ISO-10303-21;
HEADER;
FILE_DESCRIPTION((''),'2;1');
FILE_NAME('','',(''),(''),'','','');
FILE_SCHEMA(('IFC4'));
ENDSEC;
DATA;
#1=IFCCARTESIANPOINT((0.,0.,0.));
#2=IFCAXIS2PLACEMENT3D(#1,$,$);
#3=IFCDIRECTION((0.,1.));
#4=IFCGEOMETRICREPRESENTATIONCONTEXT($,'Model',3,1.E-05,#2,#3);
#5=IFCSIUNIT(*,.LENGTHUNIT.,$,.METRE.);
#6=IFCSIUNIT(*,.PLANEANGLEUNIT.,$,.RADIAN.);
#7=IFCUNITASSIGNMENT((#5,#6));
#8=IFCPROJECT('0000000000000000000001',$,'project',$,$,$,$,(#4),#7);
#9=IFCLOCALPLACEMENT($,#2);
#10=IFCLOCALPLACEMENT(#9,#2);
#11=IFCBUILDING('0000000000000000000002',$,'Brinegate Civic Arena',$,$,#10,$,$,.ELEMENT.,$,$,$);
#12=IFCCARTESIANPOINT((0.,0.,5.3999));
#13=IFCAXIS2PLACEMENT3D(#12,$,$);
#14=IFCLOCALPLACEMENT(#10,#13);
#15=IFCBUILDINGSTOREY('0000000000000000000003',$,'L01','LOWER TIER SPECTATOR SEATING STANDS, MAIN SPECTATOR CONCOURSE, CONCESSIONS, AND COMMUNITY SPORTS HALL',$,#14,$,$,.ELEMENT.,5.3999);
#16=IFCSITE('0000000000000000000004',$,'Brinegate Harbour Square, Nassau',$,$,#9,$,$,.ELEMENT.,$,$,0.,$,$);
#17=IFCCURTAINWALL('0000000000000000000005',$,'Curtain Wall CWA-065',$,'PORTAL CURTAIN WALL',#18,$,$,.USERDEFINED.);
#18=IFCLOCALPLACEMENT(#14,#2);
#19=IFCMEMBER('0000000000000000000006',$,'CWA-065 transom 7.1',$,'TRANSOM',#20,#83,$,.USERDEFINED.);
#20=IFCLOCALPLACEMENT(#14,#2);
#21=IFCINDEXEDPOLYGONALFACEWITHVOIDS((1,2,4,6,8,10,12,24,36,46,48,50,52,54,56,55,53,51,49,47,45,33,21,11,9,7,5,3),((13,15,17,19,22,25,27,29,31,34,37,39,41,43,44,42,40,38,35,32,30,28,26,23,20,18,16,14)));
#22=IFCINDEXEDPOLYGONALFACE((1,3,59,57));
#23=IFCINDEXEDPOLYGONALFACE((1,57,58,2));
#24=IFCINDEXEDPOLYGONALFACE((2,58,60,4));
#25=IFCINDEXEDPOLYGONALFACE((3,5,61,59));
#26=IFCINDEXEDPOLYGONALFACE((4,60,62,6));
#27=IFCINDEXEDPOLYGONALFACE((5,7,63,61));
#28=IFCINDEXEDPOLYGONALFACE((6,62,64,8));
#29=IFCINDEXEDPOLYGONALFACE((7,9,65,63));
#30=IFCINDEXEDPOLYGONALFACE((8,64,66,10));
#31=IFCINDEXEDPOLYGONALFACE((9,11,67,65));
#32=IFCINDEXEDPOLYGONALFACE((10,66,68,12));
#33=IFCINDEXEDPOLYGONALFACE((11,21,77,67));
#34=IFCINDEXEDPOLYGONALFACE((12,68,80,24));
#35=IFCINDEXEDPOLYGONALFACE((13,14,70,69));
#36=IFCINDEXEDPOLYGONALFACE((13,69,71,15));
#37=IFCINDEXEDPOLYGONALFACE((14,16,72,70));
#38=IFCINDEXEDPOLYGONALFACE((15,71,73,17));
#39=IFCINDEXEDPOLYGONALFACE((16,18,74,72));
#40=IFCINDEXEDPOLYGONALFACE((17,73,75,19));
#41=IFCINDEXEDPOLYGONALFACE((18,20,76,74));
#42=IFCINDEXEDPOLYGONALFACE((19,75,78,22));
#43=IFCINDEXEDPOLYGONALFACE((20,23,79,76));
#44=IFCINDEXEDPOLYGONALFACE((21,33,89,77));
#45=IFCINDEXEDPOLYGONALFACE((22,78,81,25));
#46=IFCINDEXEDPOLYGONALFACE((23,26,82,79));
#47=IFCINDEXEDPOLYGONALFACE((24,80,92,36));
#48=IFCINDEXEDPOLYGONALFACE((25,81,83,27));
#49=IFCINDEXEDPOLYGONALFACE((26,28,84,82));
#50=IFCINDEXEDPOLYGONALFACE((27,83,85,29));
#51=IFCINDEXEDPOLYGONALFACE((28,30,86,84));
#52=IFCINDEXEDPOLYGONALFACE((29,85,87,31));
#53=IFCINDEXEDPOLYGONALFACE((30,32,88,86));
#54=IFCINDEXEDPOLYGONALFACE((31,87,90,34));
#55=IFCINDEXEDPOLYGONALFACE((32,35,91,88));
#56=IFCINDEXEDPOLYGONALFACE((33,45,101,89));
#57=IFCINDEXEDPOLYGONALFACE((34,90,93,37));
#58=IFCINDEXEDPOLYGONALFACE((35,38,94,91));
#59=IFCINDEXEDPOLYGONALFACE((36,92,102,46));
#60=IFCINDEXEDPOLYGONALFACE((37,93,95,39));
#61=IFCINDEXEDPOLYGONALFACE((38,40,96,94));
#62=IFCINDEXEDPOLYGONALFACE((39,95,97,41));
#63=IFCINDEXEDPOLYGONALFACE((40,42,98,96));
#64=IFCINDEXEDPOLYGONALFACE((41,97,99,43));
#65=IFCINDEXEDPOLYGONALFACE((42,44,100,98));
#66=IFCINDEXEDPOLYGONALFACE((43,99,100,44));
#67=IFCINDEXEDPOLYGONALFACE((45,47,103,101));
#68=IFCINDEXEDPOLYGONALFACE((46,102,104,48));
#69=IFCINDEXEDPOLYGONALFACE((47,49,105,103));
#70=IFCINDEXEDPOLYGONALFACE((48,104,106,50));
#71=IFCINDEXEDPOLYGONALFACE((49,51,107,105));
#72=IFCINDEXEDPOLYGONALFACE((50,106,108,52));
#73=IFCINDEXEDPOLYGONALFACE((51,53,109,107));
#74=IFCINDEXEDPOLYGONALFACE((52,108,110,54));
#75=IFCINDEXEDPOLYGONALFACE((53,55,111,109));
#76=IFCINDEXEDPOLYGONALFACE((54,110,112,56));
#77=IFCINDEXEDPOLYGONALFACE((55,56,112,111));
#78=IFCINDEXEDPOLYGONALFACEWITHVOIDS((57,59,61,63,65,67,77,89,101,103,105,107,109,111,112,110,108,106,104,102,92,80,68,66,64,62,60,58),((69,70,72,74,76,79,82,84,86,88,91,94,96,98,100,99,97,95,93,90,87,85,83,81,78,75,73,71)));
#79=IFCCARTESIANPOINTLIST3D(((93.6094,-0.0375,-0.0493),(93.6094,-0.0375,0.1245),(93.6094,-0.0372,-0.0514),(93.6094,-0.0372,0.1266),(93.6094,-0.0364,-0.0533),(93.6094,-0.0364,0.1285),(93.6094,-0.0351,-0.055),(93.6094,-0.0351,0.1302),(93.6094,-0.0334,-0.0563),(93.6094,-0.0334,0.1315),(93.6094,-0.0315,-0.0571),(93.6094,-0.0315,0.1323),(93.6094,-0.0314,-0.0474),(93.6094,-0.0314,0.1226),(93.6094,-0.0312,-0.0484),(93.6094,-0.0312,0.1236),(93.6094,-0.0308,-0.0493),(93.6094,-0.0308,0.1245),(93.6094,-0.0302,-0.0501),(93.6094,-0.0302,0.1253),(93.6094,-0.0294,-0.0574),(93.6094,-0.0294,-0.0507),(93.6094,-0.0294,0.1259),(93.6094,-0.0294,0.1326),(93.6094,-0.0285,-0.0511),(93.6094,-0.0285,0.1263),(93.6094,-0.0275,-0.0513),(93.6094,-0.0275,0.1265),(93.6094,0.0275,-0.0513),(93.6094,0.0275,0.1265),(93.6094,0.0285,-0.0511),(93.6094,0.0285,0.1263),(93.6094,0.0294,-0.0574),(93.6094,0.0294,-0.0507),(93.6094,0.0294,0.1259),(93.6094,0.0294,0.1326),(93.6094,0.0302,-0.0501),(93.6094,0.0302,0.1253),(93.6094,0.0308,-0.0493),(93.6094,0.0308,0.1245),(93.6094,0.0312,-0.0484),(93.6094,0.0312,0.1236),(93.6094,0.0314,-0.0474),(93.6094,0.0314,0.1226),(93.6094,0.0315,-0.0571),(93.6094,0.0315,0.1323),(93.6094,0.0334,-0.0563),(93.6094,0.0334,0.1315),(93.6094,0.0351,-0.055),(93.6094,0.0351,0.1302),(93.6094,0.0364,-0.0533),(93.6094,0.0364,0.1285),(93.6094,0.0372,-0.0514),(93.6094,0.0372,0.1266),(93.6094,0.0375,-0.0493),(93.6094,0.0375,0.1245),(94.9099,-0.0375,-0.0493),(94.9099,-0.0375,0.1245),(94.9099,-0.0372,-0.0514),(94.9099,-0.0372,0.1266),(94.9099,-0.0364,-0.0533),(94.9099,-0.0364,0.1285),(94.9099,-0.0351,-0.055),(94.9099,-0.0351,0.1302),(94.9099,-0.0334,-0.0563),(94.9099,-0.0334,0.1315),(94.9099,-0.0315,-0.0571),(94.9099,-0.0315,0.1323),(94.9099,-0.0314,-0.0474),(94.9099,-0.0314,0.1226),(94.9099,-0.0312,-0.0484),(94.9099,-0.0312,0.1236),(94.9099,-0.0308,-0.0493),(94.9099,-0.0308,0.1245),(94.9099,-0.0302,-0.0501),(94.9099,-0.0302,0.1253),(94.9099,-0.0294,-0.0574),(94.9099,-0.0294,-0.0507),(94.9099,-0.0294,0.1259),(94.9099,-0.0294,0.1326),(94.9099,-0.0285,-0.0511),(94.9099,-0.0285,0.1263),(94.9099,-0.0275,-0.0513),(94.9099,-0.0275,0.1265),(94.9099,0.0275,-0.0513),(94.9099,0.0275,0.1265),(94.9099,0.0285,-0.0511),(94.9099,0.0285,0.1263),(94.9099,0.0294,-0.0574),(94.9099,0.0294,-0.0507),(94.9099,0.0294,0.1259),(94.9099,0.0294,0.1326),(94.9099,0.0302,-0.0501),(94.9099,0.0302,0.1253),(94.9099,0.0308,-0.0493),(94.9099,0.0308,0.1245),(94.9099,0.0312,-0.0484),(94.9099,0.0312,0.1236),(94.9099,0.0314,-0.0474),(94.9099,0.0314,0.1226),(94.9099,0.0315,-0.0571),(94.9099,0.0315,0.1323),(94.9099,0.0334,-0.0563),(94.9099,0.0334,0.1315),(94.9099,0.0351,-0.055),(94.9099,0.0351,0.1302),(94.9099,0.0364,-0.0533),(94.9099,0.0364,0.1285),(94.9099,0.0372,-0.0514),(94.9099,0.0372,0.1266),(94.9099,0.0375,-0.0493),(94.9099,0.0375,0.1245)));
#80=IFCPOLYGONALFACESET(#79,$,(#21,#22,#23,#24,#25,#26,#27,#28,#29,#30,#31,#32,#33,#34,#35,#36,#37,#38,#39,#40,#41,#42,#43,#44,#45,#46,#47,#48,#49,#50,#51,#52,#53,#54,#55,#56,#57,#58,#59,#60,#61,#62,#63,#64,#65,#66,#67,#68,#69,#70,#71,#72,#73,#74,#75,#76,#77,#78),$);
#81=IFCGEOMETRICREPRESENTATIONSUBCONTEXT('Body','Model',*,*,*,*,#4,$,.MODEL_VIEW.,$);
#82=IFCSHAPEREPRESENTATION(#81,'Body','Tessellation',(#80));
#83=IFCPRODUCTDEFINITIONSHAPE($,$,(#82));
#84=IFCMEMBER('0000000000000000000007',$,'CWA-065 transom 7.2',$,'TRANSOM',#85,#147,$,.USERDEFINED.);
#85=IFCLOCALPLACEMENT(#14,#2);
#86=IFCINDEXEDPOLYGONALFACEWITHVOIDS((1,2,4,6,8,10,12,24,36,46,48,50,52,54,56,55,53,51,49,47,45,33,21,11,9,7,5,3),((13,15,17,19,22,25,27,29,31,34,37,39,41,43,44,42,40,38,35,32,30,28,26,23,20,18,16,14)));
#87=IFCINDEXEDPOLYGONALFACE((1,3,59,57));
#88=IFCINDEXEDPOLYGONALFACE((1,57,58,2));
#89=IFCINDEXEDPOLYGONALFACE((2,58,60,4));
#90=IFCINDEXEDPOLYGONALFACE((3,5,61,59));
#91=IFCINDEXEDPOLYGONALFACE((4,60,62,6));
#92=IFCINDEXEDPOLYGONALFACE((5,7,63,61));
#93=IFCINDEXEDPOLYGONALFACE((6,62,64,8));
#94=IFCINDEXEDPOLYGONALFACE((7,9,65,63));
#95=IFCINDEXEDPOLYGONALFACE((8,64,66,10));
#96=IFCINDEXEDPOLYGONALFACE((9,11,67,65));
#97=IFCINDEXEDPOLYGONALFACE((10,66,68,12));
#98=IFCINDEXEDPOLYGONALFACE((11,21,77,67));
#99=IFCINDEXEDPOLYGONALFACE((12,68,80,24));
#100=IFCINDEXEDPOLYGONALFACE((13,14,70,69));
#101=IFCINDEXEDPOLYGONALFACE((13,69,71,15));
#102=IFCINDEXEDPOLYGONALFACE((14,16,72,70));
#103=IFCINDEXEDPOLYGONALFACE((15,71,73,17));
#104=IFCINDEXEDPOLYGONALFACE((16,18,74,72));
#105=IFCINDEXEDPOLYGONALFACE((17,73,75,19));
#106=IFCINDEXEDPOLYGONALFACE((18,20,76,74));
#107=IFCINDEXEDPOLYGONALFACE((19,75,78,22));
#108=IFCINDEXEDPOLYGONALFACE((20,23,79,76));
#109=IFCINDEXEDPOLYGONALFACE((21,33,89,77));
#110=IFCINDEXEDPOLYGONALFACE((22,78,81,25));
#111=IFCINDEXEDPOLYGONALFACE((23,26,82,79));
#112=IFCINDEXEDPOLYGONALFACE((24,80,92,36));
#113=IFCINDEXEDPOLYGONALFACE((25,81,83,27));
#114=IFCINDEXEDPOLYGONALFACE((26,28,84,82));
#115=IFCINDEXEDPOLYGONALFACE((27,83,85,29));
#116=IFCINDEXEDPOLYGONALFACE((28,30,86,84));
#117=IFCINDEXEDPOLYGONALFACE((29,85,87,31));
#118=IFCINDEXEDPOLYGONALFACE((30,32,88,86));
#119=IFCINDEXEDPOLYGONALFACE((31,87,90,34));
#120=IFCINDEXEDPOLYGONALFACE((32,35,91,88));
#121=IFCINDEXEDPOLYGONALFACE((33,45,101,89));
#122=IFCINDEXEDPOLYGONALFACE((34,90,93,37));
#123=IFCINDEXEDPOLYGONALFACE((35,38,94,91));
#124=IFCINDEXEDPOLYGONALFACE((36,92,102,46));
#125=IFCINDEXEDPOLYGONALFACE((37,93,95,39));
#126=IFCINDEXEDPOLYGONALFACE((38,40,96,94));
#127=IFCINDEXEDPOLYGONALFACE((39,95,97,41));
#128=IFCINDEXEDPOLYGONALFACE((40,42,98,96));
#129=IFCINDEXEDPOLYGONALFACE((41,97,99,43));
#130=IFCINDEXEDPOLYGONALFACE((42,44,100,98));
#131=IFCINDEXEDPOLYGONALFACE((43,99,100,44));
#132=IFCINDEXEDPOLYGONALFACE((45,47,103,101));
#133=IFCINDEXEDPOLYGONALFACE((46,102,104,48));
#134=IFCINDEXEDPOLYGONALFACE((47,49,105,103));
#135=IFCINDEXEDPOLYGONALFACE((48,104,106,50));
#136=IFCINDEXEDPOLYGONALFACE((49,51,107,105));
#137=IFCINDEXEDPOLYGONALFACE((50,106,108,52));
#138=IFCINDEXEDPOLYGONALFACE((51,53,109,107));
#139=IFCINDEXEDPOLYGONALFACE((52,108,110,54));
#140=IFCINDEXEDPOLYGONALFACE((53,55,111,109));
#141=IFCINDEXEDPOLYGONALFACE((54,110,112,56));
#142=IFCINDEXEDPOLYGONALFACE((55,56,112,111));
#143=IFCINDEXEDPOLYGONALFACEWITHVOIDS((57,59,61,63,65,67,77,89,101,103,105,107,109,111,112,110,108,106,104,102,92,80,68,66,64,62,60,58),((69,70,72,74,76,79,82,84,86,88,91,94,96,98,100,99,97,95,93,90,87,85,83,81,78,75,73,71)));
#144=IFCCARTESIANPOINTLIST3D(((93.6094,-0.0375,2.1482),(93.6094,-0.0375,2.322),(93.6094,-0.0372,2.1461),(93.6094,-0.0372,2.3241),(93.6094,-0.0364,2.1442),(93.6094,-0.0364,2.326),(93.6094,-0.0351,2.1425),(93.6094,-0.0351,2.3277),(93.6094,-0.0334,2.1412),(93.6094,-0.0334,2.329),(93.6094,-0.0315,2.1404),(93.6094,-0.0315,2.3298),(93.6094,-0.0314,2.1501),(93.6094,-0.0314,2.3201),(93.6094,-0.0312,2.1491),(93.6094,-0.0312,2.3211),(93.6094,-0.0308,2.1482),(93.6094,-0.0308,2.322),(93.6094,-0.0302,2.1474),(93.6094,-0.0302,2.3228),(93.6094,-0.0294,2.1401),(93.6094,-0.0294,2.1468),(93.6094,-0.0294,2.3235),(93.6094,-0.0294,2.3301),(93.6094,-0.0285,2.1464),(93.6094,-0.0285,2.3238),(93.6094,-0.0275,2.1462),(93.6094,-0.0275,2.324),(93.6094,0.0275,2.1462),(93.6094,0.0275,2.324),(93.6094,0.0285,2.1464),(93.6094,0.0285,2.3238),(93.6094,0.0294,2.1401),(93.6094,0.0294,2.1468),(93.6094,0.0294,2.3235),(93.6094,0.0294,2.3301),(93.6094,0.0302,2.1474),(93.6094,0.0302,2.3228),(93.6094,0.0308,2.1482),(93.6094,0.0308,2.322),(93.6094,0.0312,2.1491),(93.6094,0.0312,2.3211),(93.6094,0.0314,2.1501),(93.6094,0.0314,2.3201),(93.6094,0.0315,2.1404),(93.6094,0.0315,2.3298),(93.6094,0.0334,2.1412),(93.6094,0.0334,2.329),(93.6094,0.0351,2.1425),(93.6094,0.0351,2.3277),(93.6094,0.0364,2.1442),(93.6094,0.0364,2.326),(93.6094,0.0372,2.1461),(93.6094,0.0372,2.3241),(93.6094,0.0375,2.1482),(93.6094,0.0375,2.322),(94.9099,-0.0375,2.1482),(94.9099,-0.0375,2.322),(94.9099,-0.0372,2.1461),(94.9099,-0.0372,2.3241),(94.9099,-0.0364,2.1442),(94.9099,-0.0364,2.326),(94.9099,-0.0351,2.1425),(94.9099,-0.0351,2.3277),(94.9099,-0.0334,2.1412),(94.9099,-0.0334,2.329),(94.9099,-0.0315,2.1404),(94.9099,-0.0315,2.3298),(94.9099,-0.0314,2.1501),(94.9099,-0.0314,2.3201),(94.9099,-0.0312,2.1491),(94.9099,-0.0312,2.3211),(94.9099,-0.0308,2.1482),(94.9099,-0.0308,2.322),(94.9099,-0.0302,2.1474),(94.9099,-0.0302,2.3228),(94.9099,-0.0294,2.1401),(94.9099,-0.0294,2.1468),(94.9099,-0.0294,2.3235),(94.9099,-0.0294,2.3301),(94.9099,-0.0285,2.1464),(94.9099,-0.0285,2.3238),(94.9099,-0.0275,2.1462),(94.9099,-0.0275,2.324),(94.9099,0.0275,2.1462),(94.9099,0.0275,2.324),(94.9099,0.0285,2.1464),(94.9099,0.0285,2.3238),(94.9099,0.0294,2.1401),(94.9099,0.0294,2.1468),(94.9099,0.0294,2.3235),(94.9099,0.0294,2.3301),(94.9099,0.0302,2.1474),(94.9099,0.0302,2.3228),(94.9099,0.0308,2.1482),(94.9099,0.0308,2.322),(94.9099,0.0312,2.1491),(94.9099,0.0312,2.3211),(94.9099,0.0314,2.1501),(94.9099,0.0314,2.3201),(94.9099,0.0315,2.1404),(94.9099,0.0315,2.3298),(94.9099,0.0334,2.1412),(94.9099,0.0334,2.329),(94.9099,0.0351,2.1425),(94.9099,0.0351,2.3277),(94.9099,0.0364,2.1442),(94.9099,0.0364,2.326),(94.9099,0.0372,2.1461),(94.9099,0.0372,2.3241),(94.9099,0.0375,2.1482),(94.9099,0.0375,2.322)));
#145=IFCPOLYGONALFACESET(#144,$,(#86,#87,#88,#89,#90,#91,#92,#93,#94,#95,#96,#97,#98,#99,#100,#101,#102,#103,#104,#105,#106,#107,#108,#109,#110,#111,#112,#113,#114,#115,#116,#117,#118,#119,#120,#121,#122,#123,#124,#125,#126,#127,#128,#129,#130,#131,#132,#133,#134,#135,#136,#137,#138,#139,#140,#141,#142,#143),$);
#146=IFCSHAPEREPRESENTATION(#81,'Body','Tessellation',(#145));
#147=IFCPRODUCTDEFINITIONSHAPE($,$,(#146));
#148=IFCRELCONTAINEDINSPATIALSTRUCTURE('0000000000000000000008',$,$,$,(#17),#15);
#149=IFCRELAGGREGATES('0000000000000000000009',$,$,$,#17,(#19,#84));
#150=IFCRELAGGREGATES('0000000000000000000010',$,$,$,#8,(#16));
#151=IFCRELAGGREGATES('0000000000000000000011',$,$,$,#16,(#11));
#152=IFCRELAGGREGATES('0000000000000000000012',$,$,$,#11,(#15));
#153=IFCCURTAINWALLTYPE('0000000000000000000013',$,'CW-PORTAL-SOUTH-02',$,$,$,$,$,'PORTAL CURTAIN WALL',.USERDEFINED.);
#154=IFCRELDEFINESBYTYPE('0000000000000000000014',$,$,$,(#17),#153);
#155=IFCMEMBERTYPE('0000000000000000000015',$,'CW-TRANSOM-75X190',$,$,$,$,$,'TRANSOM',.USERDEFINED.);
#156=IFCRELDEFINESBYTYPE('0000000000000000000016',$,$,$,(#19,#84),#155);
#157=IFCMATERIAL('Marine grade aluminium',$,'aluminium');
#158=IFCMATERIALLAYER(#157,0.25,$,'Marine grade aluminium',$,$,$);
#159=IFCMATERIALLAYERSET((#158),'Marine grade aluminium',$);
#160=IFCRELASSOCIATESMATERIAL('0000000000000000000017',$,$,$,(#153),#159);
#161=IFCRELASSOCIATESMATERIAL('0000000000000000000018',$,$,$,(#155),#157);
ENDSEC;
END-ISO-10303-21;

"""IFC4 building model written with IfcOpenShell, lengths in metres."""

from ifc_helpers import new_model, si_unit, direction, frame, origin, origin_2d, place, context, subcontext, project, spatial, hollow_rectangle, extrude, material, layer, layer_set, material_profile, profile_set, type_object, element, aggregate, save


model = new_model("IFC4")

# Units and contexts
model_context = context("Model", 3, precision=1e-05, world=origin(), true_north=direction((0.0, 1.0)))
body_context = subcontext(model_context, "Body", "Model", "MODEL_VIEW")
ifc_project = project(units=[si_unit("LENGTHUNIT", "METRE"), si_unit("PLANEANGLEUNIT", "RADIAN")], contexts=[model_context])

# Site, building, storey
site_placement = place(None, origin())
site = spatial("IfcSite", under=ifc_project, at=site_placement, Name="Brinegate Harbour Square, Nassau", CompositionType="ELEMENT", RefElevation=0.0)
building_placement = place(site_placement, origin())
building = spatial("IfcBuilding", under=site, at=building_placement, Name="Brinegate Civic Arena", CompositionType="ELEMENT")
storey_placement = place(building_placement, frame((0.0, 0.0, 5.3999)))
storey = spatial("IfcBuildingStorey", under=building, at=storey_placement, Name="L01", Description="LOWER TIER SPECTATOR SEATING STANDS, MAIN SPECTATOR CONCOURSE, CONCESSIONS, AND COMMUNITY SPORTS HALL", CompositionType="ELEMENT", Elevation=5.3999)

# Curtain wall, members
ifc_material_1 = material(Name="Marine grade aluminium", Category="aluminium")
ifc_layer_1 = layer(ifc_material_1, 0.25, Name="Marine grade aluminium")
ifc_layer_set_1 = layer_set([ifc_layer_1], Name="Marine grade aluminium")
curtain_wall_type = type_object("IfcCurtainWallType", Name="CW-PORTAL-SOUTH-02", ElementType="PORTAL CURTAIN WALL", PredefinedType="USERDEFINED", material=ifc_layer_set_1)
curtain_wall_placement = place(storey_placement, origin())
curtain_wall = element("IfcCurtainWall", 1, at=curtain_wall_placement, inside=storey, type_object=curtain_wall_type, Name="Curtain Wall CWA-065", ObjectType="PORTAL CURTAIN WALL", PredefinedType="USERDEFINED")
ifc_material_profile_1 = material_profile(ifc_material_1, hollow_rectangle(XDim=0.075, YDim=0.1899, WallThickness=0.0061, InnerFilletRadius=0.0039, OuterFilletRadius=0.0081, at=origin_2d()), Name="TRN75X190")
ifc_profile_set_1 = profile_set([ifc_material_profile_1], Name="Marine grade aluminium")
member_type_1 = type_object("IfcMemberType", Name="CW-TRANSOM-75X190", ElementType="TRANSOM", PredefinedType="USERDEFINED", material=ifc_profile_set_1)
member_1_placement = place(storey_placement, frame((93.6094, 0.0, 0.0376), z_axis=(1.0, 0.0, 0.0), x_axis=(0.0, 1.0, 0.0)))
member_1 = element("IfcMember", 2, at=member_1_placement, type_object=member_type_1, Name="CWA-065 transom 7.1", ObjectType="TRANSOM", PredefinedType="USERDEFINED", context=body_context, shape_type="SweptSolid", body=[
    extrude(hollow_rectangle(XDim=0.075, YDim=0.1899, WallThickness=0.0061, InnerFilletRadius=0.0039, OuterFilletRadius=0.0081, at=origin_2d()), origin(), (0.0, 0.0, 1.0), 1.3005),
])
member_2_placement = place(storey_placement, frame((93.6094, 0.0, 2.2351), z_axis=(1.0, 0.0, 0.0), x_axis=(0.0, 1.0, 0.0)))
member_2 = element("IfcMember", 3, at=member_2_placement, type_object=member_type_1, Name="CWA-065 transom 7.2", ObjectType="TRANSOM", PredefinedType="USERDEFINED", context=body_context, shape_type="SweptSolid", body=[
    extrude(hollow_rectangle(XDim=0.075, YDim=0.1899, WallThickness=0.0061, InnerFilletRadius=0.0039, OuterFilletRadius=0.0081, at=origin_2d()), origin(), (0.0, 0.0, 1.0), 1.3005),
])

aggregate(curtain_wall, [member_1, member_2])

save(model, "model.ifc")
